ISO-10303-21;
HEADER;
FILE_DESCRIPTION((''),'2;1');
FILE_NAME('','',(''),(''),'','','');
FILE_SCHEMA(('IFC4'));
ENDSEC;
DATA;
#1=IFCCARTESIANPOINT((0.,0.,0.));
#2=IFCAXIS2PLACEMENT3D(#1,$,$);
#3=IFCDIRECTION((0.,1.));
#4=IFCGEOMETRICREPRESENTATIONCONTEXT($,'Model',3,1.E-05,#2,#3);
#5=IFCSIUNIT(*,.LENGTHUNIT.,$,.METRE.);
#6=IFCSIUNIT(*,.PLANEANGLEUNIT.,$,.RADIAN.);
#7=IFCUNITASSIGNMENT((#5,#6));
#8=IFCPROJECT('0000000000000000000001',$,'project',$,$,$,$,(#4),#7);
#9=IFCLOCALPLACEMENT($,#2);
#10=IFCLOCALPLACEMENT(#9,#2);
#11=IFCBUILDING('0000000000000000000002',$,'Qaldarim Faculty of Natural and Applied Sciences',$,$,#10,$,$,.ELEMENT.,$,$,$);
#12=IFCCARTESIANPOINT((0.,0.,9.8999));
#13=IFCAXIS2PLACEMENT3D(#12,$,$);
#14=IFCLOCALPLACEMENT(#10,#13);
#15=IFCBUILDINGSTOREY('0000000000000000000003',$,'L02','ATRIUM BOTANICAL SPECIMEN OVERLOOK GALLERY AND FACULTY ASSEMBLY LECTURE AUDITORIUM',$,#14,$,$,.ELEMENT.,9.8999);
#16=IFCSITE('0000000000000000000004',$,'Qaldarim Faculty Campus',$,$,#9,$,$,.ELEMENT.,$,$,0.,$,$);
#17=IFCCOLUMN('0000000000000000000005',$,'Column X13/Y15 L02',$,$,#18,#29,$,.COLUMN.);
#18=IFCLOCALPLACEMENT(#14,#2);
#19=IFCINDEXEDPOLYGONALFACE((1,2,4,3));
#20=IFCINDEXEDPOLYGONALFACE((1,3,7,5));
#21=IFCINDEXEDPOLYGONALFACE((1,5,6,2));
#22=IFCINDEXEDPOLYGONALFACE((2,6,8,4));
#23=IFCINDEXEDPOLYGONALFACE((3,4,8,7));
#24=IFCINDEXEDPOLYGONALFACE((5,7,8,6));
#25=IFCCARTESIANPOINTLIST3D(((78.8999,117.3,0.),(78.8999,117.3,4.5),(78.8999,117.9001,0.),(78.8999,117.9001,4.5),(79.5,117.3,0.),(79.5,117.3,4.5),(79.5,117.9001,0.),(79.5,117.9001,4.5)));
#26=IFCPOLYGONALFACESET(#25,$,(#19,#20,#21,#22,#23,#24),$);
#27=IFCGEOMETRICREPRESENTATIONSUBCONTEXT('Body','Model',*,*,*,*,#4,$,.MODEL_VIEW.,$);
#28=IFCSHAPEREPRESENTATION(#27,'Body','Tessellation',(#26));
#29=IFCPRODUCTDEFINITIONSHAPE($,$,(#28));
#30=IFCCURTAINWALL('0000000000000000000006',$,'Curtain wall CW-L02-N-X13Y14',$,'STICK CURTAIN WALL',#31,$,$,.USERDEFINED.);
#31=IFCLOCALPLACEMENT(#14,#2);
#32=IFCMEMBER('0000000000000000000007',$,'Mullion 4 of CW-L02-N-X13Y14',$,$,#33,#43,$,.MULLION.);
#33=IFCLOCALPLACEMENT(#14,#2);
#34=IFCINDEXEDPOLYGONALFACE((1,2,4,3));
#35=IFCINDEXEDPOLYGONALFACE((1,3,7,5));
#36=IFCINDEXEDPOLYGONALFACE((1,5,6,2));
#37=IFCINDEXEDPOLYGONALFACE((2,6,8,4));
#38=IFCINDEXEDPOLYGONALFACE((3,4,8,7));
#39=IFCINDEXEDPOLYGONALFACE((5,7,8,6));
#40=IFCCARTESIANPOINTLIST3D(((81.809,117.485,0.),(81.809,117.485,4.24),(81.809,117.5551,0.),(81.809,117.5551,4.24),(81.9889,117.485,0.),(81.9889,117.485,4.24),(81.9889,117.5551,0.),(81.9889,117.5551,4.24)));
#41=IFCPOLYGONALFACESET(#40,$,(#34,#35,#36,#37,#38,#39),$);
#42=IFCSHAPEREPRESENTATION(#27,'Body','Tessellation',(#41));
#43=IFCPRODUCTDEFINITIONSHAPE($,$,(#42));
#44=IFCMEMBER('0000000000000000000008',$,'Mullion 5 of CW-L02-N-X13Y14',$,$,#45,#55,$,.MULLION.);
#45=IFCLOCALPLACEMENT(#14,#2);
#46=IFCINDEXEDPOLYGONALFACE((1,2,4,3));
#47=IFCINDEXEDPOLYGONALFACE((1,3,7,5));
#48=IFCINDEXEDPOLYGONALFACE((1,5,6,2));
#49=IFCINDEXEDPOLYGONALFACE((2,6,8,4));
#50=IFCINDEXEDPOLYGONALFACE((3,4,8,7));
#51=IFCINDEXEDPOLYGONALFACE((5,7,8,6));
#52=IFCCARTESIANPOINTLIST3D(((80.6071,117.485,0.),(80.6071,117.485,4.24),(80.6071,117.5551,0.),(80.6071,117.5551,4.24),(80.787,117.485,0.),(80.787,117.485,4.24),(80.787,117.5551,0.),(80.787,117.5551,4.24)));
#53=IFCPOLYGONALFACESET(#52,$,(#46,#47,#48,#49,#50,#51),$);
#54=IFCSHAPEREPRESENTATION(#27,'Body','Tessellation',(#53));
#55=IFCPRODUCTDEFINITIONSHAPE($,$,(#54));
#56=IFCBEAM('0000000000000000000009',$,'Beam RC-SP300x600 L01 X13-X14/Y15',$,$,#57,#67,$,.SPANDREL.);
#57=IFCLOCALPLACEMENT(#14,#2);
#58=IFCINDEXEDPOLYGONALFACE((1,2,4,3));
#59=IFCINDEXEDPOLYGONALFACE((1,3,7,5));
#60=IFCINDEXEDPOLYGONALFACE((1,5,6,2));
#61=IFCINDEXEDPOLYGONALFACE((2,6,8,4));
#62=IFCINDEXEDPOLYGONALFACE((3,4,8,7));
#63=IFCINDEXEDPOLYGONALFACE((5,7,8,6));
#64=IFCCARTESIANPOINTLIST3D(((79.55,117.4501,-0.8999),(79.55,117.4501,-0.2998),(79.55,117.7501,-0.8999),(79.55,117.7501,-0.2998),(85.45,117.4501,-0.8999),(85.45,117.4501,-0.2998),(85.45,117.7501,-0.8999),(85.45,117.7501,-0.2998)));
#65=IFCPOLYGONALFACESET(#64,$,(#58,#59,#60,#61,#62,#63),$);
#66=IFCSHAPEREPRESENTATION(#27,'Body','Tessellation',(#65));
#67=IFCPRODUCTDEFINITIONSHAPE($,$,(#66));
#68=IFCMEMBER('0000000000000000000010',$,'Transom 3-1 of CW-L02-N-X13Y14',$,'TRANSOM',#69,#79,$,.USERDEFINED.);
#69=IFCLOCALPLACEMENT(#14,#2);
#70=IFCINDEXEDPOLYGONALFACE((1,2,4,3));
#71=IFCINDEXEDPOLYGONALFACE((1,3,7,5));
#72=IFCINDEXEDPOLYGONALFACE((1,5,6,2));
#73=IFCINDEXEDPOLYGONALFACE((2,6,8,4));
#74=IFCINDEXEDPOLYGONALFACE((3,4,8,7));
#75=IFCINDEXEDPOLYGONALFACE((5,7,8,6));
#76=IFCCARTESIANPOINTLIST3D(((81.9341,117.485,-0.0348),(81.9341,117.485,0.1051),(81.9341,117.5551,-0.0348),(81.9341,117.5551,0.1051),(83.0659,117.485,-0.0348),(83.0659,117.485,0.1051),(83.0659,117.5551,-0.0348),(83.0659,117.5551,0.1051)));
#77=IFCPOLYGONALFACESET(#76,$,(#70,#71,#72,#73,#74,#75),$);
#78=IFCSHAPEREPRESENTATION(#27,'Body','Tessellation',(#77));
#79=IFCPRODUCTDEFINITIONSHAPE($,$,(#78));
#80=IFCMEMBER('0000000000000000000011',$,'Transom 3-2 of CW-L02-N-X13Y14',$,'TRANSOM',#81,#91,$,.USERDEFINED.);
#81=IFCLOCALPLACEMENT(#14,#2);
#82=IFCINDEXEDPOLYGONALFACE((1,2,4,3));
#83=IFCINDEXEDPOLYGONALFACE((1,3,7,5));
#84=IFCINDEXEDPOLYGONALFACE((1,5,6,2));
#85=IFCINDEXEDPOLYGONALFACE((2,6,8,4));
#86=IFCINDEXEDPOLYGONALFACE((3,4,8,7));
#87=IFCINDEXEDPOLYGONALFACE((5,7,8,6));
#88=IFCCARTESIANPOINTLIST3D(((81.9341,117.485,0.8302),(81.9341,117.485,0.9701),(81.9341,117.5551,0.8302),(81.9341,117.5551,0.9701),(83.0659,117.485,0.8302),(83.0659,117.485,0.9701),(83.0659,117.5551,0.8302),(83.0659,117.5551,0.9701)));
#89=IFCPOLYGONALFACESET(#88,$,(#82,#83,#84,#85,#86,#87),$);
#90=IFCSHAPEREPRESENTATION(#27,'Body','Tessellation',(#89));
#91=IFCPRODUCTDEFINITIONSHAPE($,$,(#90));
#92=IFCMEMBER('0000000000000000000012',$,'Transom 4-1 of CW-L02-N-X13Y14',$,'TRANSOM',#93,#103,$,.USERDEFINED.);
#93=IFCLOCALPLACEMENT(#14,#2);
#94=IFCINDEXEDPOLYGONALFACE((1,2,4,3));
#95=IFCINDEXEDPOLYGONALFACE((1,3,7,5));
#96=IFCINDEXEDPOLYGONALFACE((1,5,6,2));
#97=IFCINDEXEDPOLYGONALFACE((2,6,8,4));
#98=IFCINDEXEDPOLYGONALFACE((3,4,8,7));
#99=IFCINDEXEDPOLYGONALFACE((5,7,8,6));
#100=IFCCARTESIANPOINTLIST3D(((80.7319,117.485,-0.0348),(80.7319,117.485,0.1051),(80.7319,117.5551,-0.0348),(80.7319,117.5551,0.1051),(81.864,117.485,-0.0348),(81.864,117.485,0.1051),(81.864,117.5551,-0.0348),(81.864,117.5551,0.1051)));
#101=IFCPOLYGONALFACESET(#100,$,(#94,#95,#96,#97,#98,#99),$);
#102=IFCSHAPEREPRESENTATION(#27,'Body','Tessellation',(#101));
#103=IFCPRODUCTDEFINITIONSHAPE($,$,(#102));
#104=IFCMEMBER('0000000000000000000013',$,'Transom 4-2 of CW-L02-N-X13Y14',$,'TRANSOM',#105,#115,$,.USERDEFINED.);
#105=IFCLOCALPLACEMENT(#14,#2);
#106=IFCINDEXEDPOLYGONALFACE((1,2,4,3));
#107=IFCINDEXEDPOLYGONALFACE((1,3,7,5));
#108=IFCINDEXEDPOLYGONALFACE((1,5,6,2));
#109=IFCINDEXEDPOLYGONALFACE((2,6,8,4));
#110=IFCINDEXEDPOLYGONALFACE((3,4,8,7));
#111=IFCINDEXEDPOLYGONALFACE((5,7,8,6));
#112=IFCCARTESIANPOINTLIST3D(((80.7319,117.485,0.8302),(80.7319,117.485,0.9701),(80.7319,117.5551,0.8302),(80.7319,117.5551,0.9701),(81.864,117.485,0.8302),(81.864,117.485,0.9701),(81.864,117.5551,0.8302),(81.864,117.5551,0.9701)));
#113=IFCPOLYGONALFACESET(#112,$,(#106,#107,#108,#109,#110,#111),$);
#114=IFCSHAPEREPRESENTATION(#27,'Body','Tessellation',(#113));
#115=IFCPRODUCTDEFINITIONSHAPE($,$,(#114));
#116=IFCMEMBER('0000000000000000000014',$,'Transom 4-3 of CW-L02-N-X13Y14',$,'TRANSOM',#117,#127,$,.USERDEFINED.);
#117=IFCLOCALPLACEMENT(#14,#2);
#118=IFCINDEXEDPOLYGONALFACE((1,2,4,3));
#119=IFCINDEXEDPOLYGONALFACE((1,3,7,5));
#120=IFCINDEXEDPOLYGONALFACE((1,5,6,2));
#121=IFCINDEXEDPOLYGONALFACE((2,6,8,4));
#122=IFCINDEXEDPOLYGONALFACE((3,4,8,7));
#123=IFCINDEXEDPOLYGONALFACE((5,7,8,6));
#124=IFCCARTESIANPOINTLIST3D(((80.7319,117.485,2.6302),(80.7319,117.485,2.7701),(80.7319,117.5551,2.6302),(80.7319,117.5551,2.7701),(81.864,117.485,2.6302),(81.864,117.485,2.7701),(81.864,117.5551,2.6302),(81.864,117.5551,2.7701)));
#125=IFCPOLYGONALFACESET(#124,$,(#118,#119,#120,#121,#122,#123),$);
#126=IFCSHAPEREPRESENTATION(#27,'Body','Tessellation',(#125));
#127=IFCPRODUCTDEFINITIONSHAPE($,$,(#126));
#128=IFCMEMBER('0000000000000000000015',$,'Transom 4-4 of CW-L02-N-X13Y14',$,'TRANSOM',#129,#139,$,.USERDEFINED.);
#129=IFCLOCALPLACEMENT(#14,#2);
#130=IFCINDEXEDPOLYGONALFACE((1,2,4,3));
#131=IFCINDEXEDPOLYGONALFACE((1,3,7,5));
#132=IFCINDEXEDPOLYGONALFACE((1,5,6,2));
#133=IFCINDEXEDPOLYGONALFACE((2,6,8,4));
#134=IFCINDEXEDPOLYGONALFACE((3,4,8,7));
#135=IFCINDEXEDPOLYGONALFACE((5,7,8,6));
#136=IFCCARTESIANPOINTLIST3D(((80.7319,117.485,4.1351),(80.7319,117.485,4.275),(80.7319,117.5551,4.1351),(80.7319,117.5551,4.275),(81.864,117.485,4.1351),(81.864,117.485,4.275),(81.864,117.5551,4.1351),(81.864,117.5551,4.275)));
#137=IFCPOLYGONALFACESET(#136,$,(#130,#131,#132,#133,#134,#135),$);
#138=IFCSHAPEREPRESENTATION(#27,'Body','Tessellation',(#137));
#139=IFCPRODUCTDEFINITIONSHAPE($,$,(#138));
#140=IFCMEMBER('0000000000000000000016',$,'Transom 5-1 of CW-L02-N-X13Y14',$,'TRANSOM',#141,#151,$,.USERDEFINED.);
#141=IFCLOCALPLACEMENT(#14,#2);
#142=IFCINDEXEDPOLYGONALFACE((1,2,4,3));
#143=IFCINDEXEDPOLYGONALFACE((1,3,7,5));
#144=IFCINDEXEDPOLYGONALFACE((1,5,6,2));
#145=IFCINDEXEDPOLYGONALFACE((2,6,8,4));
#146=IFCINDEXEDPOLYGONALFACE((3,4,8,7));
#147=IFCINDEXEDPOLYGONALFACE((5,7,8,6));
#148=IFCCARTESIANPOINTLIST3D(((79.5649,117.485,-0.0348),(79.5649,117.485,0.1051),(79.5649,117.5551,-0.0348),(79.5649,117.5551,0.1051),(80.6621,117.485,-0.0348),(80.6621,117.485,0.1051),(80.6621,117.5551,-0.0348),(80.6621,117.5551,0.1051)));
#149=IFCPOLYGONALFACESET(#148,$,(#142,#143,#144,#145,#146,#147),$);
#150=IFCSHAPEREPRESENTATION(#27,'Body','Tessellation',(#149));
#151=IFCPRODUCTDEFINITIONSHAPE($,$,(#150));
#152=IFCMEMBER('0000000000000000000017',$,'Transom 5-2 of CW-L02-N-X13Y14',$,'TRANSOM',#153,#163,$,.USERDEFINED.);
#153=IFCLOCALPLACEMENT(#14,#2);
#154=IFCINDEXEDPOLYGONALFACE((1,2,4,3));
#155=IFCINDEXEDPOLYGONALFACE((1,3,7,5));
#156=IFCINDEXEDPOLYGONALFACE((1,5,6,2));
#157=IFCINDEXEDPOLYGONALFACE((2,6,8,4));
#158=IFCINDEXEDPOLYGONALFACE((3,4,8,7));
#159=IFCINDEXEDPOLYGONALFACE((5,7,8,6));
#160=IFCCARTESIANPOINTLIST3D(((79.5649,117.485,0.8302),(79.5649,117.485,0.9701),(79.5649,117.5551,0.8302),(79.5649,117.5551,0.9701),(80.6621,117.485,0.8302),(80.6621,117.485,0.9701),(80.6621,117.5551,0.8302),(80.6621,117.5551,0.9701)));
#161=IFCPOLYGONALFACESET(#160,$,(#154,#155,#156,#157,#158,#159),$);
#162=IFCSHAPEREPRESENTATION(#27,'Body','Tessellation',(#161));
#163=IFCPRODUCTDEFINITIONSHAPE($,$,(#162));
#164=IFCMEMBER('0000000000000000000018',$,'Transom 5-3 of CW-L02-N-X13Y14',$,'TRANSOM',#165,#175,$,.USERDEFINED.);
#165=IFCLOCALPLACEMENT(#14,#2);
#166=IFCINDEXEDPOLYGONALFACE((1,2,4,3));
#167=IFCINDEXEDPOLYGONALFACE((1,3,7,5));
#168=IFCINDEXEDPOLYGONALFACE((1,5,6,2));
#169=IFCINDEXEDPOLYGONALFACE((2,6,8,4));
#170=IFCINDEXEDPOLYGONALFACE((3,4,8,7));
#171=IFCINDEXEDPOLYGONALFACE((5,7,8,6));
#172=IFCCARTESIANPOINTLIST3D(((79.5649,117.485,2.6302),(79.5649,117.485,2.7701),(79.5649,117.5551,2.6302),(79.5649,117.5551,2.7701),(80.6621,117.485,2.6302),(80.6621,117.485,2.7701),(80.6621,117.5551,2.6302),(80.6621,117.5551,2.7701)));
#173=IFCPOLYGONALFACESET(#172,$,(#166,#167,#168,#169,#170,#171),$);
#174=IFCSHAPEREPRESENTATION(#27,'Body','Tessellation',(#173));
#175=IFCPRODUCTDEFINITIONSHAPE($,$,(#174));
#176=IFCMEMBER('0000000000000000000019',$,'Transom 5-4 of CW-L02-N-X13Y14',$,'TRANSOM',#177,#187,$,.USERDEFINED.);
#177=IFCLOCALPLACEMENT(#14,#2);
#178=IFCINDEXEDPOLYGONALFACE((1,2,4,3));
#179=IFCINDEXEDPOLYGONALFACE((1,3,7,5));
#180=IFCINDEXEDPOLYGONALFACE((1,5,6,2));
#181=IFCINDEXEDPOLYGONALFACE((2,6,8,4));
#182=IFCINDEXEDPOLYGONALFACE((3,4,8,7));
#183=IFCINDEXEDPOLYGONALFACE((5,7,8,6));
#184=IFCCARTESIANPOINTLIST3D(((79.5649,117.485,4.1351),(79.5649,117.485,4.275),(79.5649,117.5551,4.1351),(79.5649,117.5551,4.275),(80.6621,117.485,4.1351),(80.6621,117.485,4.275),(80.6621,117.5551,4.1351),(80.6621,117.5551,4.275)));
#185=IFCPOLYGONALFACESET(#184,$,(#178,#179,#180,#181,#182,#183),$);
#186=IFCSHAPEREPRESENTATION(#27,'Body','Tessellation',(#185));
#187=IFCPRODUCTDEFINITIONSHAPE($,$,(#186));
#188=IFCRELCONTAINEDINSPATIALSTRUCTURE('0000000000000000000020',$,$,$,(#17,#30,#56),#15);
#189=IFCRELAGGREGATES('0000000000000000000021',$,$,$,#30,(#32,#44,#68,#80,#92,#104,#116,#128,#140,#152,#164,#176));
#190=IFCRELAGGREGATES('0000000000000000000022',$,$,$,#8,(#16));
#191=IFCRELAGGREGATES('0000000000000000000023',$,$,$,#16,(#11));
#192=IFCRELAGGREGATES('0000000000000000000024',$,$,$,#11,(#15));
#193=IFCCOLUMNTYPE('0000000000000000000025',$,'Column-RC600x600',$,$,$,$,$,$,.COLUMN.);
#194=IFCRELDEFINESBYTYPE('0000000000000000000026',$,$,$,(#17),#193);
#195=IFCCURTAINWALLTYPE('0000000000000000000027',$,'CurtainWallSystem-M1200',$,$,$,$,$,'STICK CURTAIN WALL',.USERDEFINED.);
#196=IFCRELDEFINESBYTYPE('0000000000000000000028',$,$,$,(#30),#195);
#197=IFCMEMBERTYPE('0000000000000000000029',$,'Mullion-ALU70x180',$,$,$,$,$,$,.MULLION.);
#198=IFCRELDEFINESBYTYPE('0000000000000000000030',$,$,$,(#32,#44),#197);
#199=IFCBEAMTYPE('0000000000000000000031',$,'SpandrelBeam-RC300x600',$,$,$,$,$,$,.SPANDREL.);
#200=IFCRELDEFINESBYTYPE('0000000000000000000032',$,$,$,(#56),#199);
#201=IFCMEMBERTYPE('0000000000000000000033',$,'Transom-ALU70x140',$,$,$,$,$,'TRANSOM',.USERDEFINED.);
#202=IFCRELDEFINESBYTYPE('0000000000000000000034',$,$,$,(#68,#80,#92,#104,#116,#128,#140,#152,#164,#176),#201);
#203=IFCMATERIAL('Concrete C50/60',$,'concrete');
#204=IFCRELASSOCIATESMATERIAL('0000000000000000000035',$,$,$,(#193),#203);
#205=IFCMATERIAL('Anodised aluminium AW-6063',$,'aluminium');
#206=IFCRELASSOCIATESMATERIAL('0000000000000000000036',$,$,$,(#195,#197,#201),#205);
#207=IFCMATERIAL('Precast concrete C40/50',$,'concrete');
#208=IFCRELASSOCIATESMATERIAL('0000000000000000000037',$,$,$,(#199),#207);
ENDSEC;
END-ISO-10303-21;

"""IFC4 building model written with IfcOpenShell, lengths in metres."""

from ifc_helpers import new_model, si_unit, direction, frame, origin, origin_2d, place, context, subcontext, project, spatial, rectangle, extrude, material, material_profile, profile_set, type_object, element, aggregate, save


model = new_model("IFC4")

# Units and contexts
model_context = context("Model", 3, precision=1e-05, world=origin(), true_north=direction((0.0, 1.0)))
body_context = subcontext(model_context, "Body", "Model", "MODEL_VIEW")
ifc_project = project(units=[si_unit("LENGTHUNIT", "METRE"), si_unit("PLANEANGLEUNIT", "RADIAN")], contexts=[model_context])

# Site, building, storey
site_placement = place(None, origin())
site = spatial("IfcSite", under=ifc_project, at=site_placement, Name="Qaldarim Faculty Campus", CompositionType="ELEMENT", RefElevation=0.0)
building_placement = place(site_placement, origin())
building = spatial("IfcBuilding", under=site, at=building_placement, Name="Qaldarim Faculty of Natural and Applied Sciences", CompositionType="ELEMENT")
storey_placement = place(building_placement, frame((0.0, 0.0, 9.8999)))
storey = spatial("IfcBuildingStorey", under=building, at=storey_placement, Name="L02", Description="ATRIUM BOTANICAL SPECIMEN OVERLOOK GALLERY AND FACULTY ASSEMBLY LECTURE AUDITORIUM", CompositionType="ELEMENT", Elevation=9.8999)

# Column
ifc_material_1 = material(Name="Concrete C50/60", Category="concrete")
ifc_material_profile_1 = material_profile(ifc_material_1, rectangle(XDim=0.6001, YDim=0.6001, at=origin_2d()), Name="RC-C600x600")
ifc_profile_set_1 = profile_set([ifc_material_profile_1], Name="Concrete C50/60")
column_type = type_object("IfcColumnType", Name="Column-RC600x600", PredefinedType="COLUMN", material=ifc_profile_set_1)
column_placement = place(storey_placement, frame((79.2, 117.6001, 0.0), z_axis=(0.0, 0.0, 1.0), x_axis=(1.0, 0.0, 0.0)))
element("IfcColumn", 1, at=column_placement, inside=storey, type_object=column_type, Name="Column X13/Y15 L02", PredefinedType="COLUMN", context=body_context, shape_type="SweptSolid", body=[
    extrude(rectangle(XDim=0.6001, YDim=0.6001, at=origin_2d()), origin(), (0.0, 0.0, 1.0), 4.5),
])

# Curtain wall, members
ifc_material_2 = material(Name="Anodised aluminium AW-6063", Category="aluminium")
curtain_wall_type = type_object("IfcCurtainWallType", Name="CurtainWallSystem-M1200", ElementType="STICK CURTAIN WALL", PredefinedType="USERDEFINED", material=ifc_material_2)
curtain_wall_placement = place(storey_placement, origin())
curtain_wall = element("IfcCurtainWall", 2, at=curtain_wall_placement, inside=storey, type_object=curtain_wall_type, Name="Curtain wall CW-L02-N-X13Y14", ObjectType="STICK CURTAIN WALL", PredefinedType="USERDEFINED")
ifc_material_profile_2 = material_profile(ifc_material_2, rectangle(XDim=0.0701, YDim=0.1799, at=origin_2d()), Name="ALU-M70x180")
ifc_profile_set_2 = profile_set([ifc_material_profile_2], Name="Anodised aluminium AW-6063")
member_type_1 = type_object("IfcMemberType", Name="Mullion-ALU70x180", PredefinedType="MULLION", material=ifc_profile_set_2)
member_1_placement = place(storey_placement, frame((81.8989, 117.52, 0.0), z_axis=(0.0, 0.0, 1.0), x_axis=(0.0, -1.0, 0.0)))
member_1 = element("IfcMember", 3, at=member_1_placement, type_object=member_type_1, Name="Mullion 4 of CW-L02-N-X13Y14", PredefinedType="MULLION", context=body_context, shape_type="SweptSolid", body=[
    extrude(rectangle(XDim=0.0701, YDim=0.1799, at=origin_2d()), origin(), (0.0, 0.0, 1.0), 4.24),
])
member_2_placement = place(storey_placement, frame((80.697, 117.52, 0.0), z_axis=(0.0, 0.0, 1.0), x_axis=(0.0, -1.0, 0.0)))
member_2 = element("IfcMember", 4, at=member_2_placement, type_object=member_type_1, Name="Mullion 5 of CW-L02-N-X13Y14", PredefinedType="MULLION", context=body_context, shape_type="SweptSolid", body=[
    extrude(rectangle(XDim=0.0701, YDim=0.1799, at=origin_2d()), origin(), (0.0, 0.0, 1.0), 4.24),
])

# Beam
ifc_material_3 = material(Name="Precast concrete C40/50", Category="concrete")
ifc_material_profile_3 = material_profile(ifc_material_3, rectangle(XDim=0.3, YDim=0.6001, at=origin_2d()), Name="RC-SP300x600")
ifc_profile_set_3 = profile_set([ifc_material_profile_3], Name="Precast concrete C40/50")
beam_type = type_object("IfcBeamType", Name="SpandrelBeam-RC300x600", PredefinedType="SPANDREL", material=ifc_profile_set_3)
beam_placement = place(storey_placement, frame((79.55, 117.6001, -0.5999), z_axis=(1.0, 0.0, 0.0), x_axis=(0.0, 1.0, 0.0)))
element("IfcBeam", 5, at=beam_placement, inside=storey, type_object=beam_type, Name="Beam RC-SP300x600 L01 X13-X14/Y15", PredefinedType="SPANDREL", context=body_context, shape_type="SweptSolid", body=[
    extrude(rectangle(XDim=0.3, YDim=0.6001, at=origin_2d()), origin(), (0.0, 0.0, 1.0), 5.8999),
])

# Members
ifc_material_profile_4 = material_profile(ifc_material_2, rectangle(XDim=0.0701, YDim=0.1399, at=origin_2d()), Name="ALU-T70x140")
ifc_profile_set_4 = profile_set([ifc_material_profile_4], Name="Anodised aluminium AW-6063")
member_type_2 = type_object("IfcMemberType", Name="Transom-ALU70x140", ElementType="TRANSOM", PredefinedType="USERDEFINED", material=ifc_profile_set_4)
member_3_placement = place(storey_placement, frame((83.0659, 117.52, 0.0352), z_axis=(-1.0, 0.0, 0.0), x_axis=(0.0, -1.0, 0.0)))
member_3 = element("IfcMember", 6, at=member_3_placement, type_object=member_type_2, Name="Transom 3-1 of CW-L02-N-X13Y14", ObjectType="TRANSOM", PredefinedType="USERDEFINED", context=body_context, shape_type="SweptSolid", body=[
    extrude(rectangle(XDim=0.0701, YDim=0.1399, at=origin_2d()), origin(), (0.0, 0.0, 1.0), 1.1318),
])
member_4_placement = place(storey_placement, frame((83.0659, 117.52, 0.9001), z_axis=(-1.0, 0.0, 0.0), x_axis=(0.0, -1.0, 0.0)))
member_4 = element("IfcMember", 7, at=member_4_placement, type_object=member_type_2, Name="Transom 3-2 of CW-L02-N-X13Y14", ObjectType="TRANSOM", PredefinedType="USERDEFINED", context=body_context, shape_type="SweptSolid", body=[
    extrude(rectangle(XDim=0.0701, YDim=0.1399, at=origin_2d()), origin(), (0.0, 0.0, 1.0), 1.1318),
])
member_5_placement = place(storey_placement, frame((81.864, 117.52, 0.0352), z_axis=(-1.0, 0.0, 0.0), x_axis=(0.0, -1.0, 0.0)))
member_5 = element("IfcMember", 8, at=member_5_placement, type_object=member_type_2, Name="Transom 4-1 of CW-L02-N-X13Y14", ObjectType="TRANSOM", PredefinedType="USERDEFINED", context=body_context, shape_type="SweptSolid", body=[
    extrude(rectangle(XDim=0.0701, YDim=0.1399, at=origin_2d()), origin(), (0.0, 0.0, 1.0), 1.1321),
])
member_6_placement = place(storey_placement, frame((81.864, 117.52, 0.9001), z_axis=(-1.0, 0.0, 0.0), x_axis=(0.0, -1.0, 0.0)))
member_6 = element("IfcMember", 9, at=member_6_placement, type_object=member_type_2, Name="Transom 4-2 of CW-L02-N-X13Y14", ObjectType="TRANSOM", PredefinedType="USERDEFINED", context=body_context, shape_type="SweptSolid", body=[
    extrude(rectangle(XDim=0.0701, YDim=0.1399, at=origin_2d()), origin(), (0.0, 0.0, 1.0), 1.1321),
])
member_7_placement = place(storey_placement, frame((81.864, 117.52, 2.7002), z_axis=(-1.0, 0.0, 0.0), x_axis=(0.0, -1.0, 0.0)))
member_7 = element("IfcMember", 10, at=member_7_placement, type_object=member_type_2, Name="Transom 4-3 of CW-L02-N-X13Y14", ObjectType="TRANSOM", PredefinedType="USERDEFINED", context=body_context, shape_type="SweptSolid", body=[
    extrude(rectangle(XDim=0.0701, YDim=0.1399, at=origin_2d()), origin(), (0.0, 0.0, 1.0), 1.1321),
])
member_8_placement = place(storey_placement, frame((81.864, 117.52, 4.2051), z_axis=(-1.0, 0.0, 0.0), x_axis=(0.0, -1.0, 0.0)))
member_8 = element("IfcMember", 11, at=member_8_placement, type_object=member_type_2, Name="Transom 4-4 of CW-L02-N-X13Y14", ObjectType="TRANSOM", PredefinedType="USERDEFINED", context=body_context, shape_type="SweptSolid", body=[
    extrude(rectangle(XDim=0.0701, YDim=0.1399, at=origin_2d()), origin(), (0.0, 0.0, 1.0), 1.1321),
])
member_9_placement = place(storey_placement, frame((80.6621, 117.52, 0.0352), z_axis=(-1.0, 0.0, 0.0), x_axis=(0.0, -1.0, 0.0)))
member_9 = element("IfcMember", 12, at=member_9_placement, type_object=member_type_2, Name="Transom 5-1 of CW-L02-N-X13Y14", ObjectType="TRANSOM", PredefinedType="USERDEFINED", context=body_context, shape_type="SweptSolid", body=[
    extrude(rectangle(XDim=0.0701, YDim=0.1399, at=origin_2d()), origin(), (0.0, 0.0, 1.0), 1.0972),
])
member_10_placement = place(storey_placement, frame((80.6621, 117.52, 0.9001), z_axis=(-1.0, 0.0, 0.0), x_axis=(0.0, -1.0, 0.0)))
member_10 = element("IfcMember", 13, at=member_10_placement, type_object=member_type_2, Name="Transom 5-2 of CW-L02-N-X13Y14", ObjectType="TRANSOM", PredefinedType="USERDEFINED", context=body_context, shape_type="SweptSolid", body=[
    extrude(rectangle(XDim=0.0701, YDim=0.1399, at=origin_2d()), origin(), (0.0, 0.0, 1.0), 1.0972),
])
member_11_placement = place(storey_placement, frame((80.6621, 117.52, 2.7002), z_axis=(-1.0, 0.0, 0.0), x_axis=(0.0, -1.0, 0.0)))
member_11 = element("IfcMember", 14, at=member_11_placement, type_object=member_type_2, Name="Transom 5-3 of CW-L02-N-X13Y14", ObjectType="TRANSOM", PredefinedType="USERDEFINED", context=body_context, shape_type="SweptSolid", body=[
    extrude(rectangle(XDim=0.0701, YDim=0.1399, at=origin_2d()), origin(), (0.0, 0.0, 1.0), 1.0972),
])
member_12_placement = place(storey_placement, frame((80.6621, 117.52, 4.2051), z_axis=(-1.0, 0.0, 0.0), x_axis=(0.0, -1.0, 0.0)))
member_12 = element("IfcMember", 15, at=member_12_placement, type_object=member_type_2, Name="Transom 5-4 of CW-L02-N-X13Y14", ObjectType="TRANSOM", PredefinedType="USERDEFINED", context=body_context, shape_type="SweptSolid", body=[
    extrude(rectangle(XDim=0.0701, YDim=0.1399, at=origin_2d()), origin(), (0.0, 0.0, 1.0), 1.0972),
])

aggregate(curtain_wall, [member_1, member_2, member_3, member_4, member_5, member_6, member_7, member_8, member_9, member_10, member_11, member_12])

save(model, "model.ifc")
